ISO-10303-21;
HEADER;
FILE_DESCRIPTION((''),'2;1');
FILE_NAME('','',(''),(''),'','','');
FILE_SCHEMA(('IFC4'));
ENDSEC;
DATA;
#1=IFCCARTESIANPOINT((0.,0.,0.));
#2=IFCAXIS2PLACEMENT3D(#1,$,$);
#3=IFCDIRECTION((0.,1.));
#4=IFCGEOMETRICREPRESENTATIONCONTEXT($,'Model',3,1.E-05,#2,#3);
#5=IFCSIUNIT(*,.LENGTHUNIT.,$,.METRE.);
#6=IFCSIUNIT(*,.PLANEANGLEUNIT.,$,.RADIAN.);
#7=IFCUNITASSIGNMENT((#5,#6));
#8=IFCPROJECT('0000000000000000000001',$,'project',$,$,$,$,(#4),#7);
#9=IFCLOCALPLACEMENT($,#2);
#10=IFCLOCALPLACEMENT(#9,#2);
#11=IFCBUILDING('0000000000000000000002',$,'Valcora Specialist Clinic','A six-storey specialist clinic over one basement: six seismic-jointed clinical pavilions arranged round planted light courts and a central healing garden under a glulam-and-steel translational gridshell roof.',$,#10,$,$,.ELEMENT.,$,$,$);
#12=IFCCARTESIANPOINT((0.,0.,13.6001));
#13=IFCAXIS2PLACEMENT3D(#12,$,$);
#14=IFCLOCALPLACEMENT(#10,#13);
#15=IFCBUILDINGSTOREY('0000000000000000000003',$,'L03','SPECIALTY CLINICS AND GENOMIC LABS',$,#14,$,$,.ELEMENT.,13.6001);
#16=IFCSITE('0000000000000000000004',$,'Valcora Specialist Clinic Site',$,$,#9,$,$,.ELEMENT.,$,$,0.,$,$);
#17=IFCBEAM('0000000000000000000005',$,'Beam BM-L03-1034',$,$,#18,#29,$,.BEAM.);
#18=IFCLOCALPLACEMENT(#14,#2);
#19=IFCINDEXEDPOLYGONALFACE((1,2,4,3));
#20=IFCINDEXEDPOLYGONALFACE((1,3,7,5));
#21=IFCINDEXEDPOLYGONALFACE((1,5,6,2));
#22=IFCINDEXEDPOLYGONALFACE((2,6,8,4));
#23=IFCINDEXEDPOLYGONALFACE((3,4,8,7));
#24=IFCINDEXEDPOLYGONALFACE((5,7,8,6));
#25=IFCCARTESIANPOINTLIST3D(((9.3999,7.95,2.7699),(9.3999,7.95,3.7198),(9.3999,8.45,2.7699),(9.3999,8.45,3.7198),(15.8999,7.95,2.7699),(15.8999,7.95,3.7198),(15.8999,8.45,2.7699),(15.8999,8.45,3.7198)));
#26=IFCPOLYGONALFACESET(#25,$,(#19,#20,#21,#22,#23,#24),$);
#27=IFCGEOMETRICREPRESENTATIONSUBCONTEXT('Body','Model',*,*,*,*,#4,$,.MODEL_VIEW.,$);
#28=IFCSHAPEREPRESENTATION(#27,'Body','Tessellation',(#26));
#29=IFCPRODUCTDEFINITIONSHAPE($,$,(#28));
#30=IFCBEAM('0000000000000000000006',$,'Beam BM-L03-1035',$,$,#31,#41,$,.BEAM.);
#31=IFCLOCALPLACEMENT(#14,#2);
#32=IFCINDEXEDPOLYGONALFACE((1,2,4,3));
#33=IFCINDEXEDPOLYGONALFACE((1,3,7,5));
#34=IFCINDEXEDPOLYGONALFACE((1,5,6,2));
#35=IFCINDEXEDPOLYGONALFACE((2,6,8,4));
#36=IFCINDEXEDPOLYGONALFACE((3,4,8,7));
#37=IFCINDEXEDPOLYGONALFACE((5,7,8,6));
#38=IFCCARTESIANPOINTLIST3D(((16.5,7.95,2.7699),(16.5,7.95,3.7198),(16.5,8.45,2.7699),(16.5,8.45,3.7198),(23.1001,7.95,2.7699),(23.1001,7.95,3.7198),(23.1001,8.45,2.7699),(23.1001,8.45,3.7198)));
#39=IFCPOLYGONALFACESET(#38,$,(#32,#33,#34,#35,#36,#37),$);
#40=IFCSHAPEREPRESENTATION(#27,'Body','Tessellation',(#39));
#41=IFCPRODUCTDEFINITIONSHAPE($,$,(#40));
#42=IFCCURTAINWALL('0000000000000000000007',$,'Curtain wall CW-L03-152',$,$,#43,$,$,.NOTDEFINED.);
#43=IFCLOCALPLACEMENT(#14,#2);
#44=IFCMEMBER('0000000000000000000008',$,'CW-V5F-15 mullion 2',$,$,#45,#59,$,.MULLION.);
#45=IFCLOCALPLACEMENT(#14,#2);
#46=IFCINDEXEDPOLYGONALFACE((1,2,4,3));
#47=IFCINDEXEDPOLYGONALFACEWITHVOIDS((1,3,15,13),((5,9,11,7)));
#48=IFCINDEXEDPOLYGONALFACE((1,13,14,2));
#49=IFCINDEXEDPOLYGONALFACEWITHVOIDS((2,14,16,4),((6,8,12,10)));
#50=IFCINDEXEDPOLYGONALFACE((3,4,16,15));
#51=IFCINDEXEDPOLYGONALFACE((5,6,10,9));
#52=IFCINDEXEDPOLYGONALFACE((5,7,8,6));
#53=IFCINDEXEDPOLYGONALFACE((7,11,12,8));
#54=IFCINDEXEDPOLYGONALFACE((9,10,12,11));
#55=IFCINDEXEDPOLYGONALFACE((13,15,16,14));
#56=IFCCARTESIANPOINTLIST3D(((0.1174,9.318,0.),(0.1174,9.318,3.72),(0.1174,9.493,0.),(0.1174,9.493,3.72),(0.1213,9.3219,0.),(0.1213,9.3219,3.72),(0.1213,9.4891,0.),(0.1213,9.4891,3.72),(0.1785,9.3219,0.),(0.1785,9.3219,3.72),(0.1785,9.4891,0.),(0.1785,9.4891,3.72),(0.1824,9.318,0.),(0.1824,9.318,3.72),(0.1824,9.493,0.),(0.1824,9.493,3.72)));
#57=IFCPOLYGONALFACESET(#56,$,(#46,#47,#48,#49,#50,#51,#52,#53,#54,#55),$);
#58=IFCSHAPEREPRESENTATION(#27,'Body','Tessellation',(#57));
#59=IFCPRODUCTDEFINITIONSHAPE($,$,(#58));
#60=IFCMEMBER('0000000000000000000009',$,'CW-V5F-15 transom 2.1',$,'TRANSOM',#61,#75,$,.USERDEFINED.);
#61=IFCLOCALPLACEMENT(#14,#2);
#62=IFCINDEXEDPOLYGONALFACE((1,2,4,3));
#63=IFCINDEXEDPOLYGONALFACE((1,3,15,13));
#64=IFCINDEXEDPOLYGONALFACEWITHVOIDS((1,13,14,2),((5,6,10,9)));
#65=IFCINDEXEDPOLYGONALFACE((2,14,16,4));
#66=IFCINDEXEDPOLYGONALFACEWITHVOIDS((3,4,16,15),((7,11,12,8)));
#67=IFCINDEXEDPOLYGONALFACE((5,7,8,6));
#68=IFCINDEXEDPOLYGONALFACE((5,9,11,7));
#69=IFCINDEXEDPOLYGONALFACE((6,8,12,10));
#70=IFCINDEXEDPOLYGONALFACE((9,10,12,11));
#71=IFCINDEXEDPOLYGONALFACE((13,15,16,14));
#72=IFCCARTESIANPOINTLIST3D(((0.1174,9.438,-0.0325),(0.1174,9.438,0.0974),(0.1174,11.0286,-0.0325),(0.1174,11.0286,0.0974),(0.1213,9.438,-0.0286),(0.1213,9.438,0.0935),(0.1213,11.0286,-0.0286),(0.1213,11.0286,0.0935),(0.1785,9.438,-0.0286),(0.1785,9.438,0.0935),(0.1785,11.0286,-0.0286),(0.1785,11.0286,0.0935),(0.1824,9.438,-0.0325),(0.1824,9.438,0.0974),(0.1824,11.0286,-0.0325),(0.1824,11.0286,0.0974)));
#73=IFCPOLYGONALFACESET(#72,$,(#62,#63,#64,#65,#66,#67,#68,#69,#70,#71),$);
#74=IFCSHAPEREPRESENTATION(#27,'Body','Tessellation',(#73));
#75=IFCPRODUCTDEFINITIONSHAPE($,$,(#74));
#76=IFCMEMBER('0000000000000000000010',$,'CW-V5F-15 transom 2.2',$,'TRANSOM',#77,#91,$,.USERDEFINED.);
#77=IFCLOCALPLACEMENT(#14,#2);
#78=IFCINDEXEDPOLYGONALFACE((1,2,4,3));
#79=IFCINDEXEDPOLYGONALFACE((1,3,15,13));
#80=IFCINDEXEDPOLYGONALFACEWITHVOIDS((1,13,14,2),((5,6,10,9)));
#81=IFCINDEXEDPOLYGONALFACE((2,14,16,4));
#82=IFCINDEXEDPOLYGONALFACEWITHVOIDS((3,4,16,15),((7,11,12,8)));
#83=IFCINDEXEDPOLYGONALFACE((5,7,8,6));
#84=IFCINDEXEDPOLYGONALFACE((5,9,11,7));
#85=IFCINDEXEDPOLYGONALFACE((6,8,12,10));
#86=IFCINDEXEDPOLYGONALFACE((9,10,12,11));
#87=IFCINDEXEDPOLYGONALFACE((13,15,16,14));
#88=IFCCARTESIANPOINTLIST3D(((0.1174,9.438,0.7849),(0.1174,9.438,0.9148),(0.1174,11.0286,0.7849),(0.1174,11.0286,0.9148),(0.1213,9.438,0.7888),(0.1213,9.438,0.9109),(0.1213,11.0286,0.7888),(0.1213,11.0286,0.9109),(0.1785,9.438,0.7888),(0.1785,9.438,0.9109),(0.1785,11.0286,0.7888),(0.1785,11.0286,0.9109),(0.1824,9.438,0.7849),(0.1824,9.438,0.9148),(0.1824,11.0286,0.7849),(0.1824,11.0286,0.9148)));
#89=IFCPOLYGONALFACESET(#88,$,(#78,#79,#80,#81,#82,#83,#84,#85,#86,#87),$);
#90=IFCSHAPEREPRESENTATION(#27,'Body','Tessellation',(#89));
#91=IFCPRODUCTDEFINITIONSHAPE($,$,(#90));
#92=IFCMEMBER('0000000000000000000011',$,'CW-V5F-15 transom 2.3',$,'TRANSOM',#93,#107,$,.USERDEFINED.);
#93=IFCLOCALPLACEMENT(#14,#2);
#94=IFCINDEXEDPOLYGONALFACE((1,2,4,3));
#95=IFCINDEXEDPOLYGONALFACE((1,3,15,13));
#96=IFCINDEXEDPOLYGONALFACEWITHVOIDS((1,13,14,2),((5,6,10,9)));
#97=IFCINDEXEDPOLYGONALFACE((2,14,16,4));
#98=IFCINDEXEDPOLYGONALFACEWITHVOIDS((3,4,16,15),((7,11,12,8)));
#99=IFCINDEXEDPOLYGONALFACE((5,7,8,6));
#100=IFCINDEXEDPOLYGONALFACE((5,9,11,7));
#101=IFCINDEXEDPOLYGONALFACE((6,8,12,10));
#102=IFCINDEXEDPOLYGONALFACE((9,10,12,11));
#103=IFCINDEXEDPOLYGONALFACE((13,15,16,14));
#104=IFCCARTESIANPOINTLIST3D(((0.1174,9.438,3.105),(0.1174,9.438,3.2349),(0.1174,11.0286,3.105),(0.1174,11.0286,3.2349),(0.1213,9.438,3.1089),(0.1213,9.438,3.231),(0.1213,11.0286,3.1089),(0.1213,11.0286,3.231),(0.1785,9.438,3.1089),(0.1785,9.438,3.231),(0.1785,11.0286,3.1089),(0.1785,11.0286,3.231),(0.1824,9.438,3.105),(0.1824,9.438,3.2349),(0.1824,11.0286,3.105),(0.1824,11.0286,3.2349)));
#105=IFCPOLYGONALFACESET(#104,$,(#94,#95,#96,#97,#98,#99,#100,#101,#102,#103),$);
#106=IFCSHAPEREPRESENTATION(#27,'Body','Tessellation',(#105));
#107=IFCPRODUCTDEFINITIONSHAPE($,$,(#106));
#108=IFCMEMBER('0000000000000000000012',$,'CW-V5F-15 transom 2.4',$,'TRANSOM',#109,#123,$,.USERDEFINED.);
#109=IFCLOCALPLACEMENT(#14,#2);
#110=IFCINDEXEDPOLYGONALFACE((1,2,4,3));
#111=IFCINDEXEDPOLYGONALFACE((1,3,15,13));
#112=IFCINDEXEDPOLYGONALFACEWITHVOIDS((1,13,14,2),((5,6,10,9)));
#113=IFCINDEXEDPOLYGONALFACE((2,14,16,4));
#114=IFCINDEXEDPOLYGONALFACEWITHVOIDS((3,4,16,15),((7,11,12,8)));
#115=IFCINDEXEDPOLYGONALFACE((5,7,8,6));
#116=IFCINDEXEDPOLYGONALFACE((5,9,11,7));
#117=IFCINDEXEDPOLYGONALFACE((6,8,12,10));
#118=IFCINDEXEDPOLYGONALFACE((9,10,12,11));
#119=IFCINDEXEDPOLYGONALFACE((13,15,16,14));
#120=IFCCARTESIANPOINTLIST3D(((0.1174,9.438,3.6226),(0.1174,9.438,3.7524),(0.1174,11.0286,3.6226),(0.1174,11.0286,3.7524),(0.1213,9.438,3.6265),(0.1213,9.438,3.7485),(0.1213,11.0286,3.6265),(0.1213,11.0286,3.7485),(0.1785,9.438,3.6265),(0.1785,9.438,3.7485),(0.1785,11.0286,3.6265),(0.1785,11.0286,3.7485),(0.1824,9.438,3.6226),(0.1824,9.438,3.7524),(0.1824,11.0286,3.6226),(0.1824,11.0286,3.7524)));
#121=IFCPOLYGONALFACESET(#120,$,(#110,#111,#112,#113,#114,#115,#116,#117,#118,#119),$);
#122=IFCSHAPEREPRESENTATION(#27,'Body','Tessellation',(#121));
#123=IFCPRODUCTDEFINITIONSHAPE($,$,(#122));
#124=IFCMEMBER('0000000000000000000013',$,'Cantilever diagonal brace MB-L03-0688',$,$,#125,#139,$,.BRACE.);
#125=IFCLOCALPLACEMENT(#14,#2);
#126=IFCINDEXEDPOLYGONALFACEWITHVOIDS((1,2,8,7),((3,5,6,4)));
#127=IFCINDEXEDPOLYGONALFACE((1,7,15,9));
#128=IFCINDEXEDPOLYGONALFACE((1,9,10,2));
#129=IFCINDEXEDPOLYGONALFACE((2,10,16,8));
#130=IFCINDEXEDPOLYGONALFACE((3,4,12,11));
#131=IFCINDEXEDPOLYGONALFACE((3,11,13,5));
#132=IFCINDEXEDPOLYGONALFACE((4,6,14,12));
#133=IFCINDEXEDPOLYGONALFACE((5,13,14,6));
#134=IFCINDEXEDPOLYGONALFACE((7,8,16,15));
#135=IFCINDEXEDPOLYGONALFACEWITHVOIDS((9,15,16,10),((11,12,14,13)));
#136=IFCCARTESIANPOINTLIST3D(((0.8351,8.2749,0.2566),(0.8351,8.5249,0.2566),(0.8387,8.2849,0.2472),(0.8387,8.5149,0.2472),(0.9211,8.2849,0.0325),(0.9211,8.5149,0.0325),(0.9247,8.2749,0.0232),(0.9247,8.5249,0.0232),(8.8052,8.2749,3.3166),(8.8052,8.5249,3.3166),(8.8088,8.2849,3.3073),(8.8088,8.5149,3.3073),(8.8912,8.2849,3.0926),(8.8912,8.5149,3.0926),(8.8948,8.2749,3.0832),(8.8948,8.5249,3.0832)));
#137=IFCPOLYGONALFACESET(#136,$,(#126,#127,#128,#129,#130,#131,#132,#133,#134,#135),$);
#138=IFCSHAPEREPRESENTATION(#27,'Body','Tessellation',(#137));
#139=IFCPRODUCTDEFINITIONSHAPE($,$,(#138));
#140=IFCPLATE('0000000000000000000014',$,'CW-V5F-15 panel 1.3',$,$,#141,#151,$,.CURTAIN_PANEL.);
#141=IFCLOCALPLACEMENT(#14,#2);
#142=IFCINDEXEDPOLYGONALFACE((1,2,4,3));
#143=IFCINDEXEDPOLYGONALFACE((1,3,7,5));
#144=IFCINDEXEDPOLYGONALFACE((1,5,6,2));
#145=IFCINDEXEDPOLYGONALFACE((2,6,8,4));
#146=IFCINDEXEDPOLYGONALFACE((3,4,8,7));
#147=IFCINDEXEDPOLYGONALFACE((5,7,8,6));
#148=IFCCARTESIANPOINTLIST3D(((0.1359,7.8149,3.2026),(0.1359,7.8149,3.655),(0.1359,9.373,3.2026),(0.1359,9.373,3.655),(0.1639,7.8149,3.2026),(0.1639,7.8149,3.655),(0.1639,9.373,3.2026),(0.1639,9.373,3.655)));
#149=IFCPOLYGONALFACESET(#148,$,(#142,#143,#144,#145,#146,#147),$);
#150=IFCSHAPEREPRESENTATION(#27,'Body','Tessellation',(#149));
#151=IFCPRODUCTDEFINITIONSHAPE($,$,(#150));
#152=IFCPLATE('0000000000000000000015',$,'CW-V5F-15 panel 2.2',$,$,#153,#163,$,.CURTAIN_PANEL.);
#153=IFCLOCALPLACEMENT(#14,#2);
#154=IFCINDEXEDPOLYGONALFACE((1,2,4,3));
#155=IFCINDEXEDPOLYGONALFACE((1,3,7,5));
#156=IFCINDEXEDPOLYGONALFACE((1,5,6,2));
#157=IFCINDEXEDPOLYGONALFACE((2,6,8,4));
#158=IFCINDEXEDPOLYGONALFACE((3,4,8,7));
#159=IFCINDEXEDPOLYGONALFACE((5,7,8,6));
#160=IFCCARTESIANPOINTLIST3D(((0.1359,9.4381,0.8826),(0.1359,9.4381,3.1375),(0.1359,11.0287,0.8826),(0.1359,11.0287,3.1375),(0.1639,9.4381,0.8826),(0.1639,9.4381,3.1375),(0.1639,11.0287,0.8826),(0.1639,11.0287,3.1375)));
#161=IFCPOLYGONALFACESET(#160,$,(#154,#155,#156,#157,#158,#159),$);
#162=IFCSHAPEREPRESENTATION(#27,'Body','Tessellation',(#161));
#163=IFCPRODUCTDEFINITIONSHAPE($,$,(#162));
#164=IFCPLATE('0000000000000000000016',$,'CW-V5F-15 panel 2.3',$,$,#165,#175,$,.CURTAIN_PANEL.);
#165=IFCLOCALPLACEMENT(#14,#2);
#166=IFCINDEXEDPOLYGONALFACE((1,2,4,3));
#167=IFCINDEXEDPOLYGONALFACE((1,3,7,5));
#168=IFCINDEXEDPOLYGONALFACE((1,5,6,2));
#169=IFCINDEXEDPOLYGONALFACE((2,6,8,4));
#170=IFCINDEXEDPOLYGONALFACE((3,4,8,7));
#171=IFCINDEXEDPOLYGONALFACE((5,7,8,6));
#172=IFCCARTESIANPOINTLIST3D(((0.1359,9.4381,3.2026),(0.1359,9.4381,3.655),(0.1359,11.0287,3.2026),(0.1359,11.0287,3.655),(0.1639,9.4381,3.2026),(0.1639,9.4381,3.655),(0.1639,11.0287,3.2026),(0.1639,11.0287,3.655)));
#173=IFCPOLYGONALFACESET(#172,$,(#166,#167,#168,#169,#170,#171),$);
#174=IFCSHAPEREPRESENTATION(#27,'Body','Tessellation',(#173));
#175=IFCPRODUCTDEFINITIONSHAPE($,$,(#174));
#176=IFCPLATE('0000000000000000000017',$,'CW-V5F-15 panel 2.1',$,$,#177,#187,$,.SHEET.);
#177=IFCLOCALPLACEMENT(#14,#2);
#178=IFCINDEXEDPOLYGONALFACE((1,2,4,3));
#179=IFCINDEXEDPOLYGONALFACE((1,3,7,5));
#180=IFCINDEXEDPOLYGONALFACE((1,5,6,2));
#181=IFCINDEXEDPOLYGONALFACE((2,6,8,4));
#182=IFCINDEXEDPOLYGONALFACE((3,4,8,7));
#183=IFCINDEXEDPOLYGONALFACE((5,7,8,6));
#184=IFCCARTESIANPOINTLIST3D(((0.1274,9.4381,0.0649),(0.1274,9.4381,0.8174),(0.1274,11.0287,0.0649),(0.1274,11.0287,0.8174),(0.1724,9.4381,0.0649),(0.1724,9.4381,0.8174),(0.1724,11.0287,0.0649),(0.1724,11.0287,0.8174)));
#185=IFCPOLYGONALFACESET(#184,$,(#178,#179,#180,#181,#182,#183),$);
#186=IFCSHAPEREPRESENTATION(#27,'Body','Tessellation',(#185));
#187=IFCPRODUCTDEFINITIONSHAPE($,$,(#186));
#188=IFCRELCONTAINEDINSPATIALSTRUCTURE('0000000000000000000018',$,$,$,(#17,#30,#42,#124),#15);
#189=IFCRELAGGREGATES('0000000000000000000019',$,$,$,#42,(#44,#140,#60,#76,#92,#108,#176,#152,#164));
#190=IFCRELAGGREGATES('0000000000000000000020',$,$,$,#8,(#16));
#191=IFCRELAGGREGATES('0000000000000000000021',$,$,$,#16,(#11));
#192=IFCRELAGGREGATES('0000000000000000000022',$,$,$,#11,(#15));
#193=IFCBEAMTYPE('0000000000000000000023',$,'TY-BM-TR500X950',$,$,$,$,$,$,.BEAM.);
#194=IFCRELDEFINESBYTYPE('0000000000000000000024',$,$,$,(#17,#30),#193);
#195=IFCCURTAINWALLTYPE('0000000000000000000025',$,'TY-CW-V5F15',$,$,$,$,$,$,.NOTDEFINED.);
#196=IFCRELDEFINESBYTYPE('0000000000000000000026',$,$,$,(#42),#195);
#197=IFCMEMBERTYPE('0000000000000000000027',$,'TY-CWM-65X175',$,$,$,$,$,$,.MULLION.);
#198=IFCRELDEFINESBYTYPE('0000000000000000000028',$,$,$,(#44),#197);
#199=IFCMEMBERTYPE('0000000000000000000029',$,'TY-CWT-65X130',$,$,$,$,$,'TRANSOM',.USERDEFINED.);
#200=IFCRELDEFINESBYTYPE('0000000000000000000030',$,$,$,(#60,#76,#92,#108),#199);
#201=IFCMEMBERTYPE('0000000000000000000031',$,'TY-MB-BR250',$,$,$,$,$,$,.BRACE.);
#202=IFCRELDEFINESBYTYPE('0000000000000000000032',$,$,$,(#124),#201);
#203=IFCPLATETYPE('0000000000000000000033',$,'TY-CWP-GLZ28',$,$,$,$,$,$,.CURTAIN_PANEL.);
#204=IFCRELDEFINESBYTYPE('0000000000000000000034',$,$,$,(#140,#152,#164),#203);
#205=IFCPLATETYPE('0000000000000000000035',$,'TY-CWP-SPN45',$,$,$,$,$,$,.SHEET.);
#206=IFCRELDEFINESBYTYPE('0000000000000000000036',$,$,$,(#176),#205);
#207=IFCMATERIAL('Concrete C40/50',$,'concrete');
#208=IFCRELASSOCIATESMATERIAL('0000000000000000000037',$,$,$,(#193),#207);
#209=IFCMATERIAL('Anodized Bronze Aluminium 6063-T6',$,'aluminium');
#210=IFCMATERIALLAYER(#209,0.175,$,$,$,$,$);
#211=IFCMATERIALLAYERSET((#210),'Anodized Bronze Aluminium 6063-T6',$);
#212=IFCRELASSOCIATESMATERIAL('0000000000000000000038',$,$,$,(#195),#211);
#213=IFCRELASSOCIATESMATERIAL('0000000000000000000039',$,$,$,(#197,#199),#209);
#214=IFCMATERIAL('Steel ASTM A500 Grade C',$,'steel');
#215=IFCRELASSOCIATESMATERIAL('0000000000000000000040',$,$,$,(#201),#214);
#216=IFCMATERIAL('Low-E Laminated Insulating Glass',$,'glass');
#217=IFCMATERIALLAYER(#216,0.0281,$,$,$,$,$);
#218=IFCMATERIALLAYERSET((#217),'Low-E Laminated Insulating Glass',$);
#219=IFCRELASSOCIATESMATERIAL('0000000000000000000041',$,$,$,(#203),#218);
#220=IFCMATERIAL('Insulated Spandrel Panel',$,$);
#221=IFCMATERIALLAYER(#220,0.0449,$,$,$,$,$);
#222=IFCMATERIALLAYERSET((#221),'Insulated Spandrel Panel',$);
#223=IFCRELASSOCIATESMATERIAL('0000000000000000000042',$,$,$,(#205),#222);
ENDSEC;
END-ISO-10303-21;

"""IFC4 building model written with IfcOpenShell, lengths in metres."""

from ifc_helpers import new_model, si_unit, direction, frame, origin, origin_2d, place, context, subcontext, project, spatial, rectangle, hollow_rectangle, extrude, material, layer, layer_set, material_profile, profile_set, type_object, element, aggregate, save


model = new_model("IFC4")

# Units and contexts
model_context = context("Model", 3, precision=1e-05, world=origin(), true_north=direction((0.0, 1.0)))
body_context = subcontext(model_context, "Body", "Model", "MODEL_VIEW")
ifc_project = project(units=[si_unit("LENGTHUNIT", "METRE"), si_unit("PLANEANGLEUNIT", "RADIAN")], contexts=[model_context])

# Site, building, storey
site_placement = place(None, origin())
site = spatial("IfcSite", under=ifc_project, at=site_placement, Name="Valcora Specialist Clinic Site", CompositionType="ELEMENT", RefElevation=0.0)
building_placement = place(site_placement, origin())
building = spatial("IfcBuilding", under=site, at=building_placement, Name="Valcora Specialist Clinic", Description="A six-storey specialist clinic over one basement: six seismic-jointed clinical pavilions arranged round planted light courts and a central healing garden under a glulam-and-steel translational gridshell roof.", CompositionType="ELEMENT")
storey_placement = place(building_placement, frame((0.0, 0.0, 13.6001)))
storey = spatial("IfcBuildingStorey", under=building, at=storey_placement, Name="L03", Description="SPECIALTY CLINICS AND GENOMIC LABS", CompositionType="ELEMENT", Elevation=13.6001)

# Shared definitions
ifc_material_1 = material(Name="Steel ASTM A500 Grade C", Category="steel")
ifc_material_2 = material(Name="Concrete C40/50", Category="concrete")

# Beams
ifc_material_profile_1 = material_profile(ifc_material_2, rectangle(XDim=0.5, YDim=0.95, at=origin_2d()), Name="RC-BM-500X950")
ifc_profile_set_1 = profile_set([ifc_material_profile_1], Name="Concrete C40/50")
beam_type_1 = type_object("IfcBeamType", Name="TY-BM-TR500X950", PredefinedType="BEAM", material=ifc_profile_set_1)
beam_1_placement = place(storey_placement, frame((9.3999, 8.2, 3.2449), z_axis=(1.0, 0.0, 0.0), x_axis=(0.0, 1.0, 0.0)))
element("IfcBeam", 1, at=beam_1_placement, inside=storey, type_object=beam_type_1, Name="Beam BM-L03-1034", PredefinedType="BEAM", context=body_context, shape_type="SweptSolid", body=[
    extrude(rectangle(XDim=0.5, YDim=0.95, at=origin_2d()), origin(), (0.0, 0.0, 1.0), 6.5),
])
beam_2_placement = place(storey_placement, frame((16.5, 8.2, 3.2449), z_axis=(1.0, 0.0, 0.0), x_axis=(0.0, 1.0, 0.0)))
element("IfcBeam", 2, at=beam_2_placement, inside=storey, type_object=beam_type_1, Name="Beam BM-L03-1035", PredefinedType="BEAM", context=body_context, shape_type="SweptSolid", body=[
    extrude(rectangle(XDim=0.5, YDim=0.95, at=origin_2d()), origin(), (0.0, 0.0, 1.0), 6.6001),
])

# Curtain wall, members
ifc_material_3 = material(Name="Anodized Bronze Aluminium 6063-T6", Category="aluminium")
ifc_layer_1 = layer(ifc_material_3, 0.175)
ifc_layer_set_1 = layer_set([ifc_layer_1], Name="Anodized Bronze Aluminium 6063-T6")
curtain_wall_type = type_object("IfcCurtainWallType", Name="TY-CW-V5F15", PredefinedType="NOTDEFINED", material=ifc_layer_set_1)
curtain_wall_placement = place(storey_placement, origin())
curtain_wall = element("IfcCurtainWall", 3, at=curtain_wall_placement, inside=storey, type_object=curtain_wall_type, Name="Curtain wall CW-L03-152", PredefinedType="NOTDEFINED")
ifc_material_profile_2 = material_profile(ifc_material_3, hollow_rectangle(XDim=0.0649, YDim=0.175, WallThickness=0.0039, at=origin_2d()), Name="AL-MUL-65X175")
ifc_profile_set_2 = profile_set([ifc_material_profile_2], Name="Anodized Bronze Aluminium 6063-T6")
member_type_1 = type_object("IfcMemberType", Name="TY-CWM-65X175", PredefinedType="MULLION", material=ifc_profile_set_2)
member_1_placement = place(storey_placement, frame((0.1499, 9.4055, 0.0), z_axis=(0.0, 0.0, 1.0), x_axis=(-1.0, 0.0, 0.0)))
member_1 = element("IfcMember", 4, at=member_1_placement, type_object=member_type_1, Name="CW-V5F-15 mullion 2", PredefinedType="MULLION", context=body_context, shape_type="SweptSolid", body=[
    extrude(hollow_rectangle(XDim=0.0649, YDim=0.175, WallThickness=0.0039, at=origin_2d()), origin(), (0.0, 0.0, 1.0), 3.72),
])
ifc_material_profile_3 = material_profile(ifc_material_3, hollow_rectangle(XDim=0.0649, YDim=0.1299, WallThickness=0.0039, at=origin_2d()), Name="AL-TRN-65X130")
ifc_profile_set_3 = profile_set([ifc_material_profile_3], Name="Anodized Bronze Aluminium 6063-T6")
member_type_2 = type_object("IfcMemberType", Name="TY-CWT-65X130", ElementType="TRANSOM", PredefinedType="USERDEFINED", material=ifc_profile_set_3)
member_2_placement = place(storey_placement, frame((0.1499, 9.438, 0.0325), z_axis=(0.0, 1.0, 0.0), x_axis=(-1.0, 0.0, 0.0)))
member_2 = element("IfcMember", 5, at=member_2_placement, type_object=member_type_2, Name="CW-V5F-15 transom 2.1", ObjectType="TRANSOM", PredefinedType="USERDEFINED", context=body_context, shape_type="SweptSolid", body=[
    extrude(hollow_rectangle(XDim=0.0649, YDim=0.1299, WallThickness=0.0039, at=origin_2d()), origin(), (0.0, 0.0, 1.0), 1.5906),
])
member_3_placement = place(storey_placement, frame((0.1499, 9.438, 0.8499), z_axis=(0.0, 1.0, 0.0), x_axis=(-1.0, 0.0, 0.0)))
member_3 = element("IfcMember", 6, at=member_3_placement, type_object=member_type_2, Name="CW-V5F-15 transom 2.2", ObjectType="TRANSOM", PredefinedType="USERDEFINED", context=body_context, shape_type="SweptSolid", body=[
    extrude(hollow_rectangle(XDim=0.0649, YDim=0.1299, WallThickness=0.0039, at=origin_2d()), origin(), (0.0, 0.0, 1.0), 1.5906),
])
member_4_placement = place(storey_placement, frame((0.1499, 9.438, 3.1699), z_axis=(0.0, 1.0, 0.0), x_axis=(-1.0, 0.0, 0.0)))
member_4 = element("IfcMember", 7, at=member_4_placement, type_object=member_type_2, Name="CW-V5F-15 transom 2.3", ObjectType="TRANSOM", PredefinedType="USERDEFINED", context=body_context, shape_type="SweptSolid", body=[
    extrude(hollow_rectangle(XDim=0.0649, YDim=0.1299, WallThickness=0.0039, at=origin_2d()), origin(), (0.0, 0.0, 1.0), 1.5906),
])
member_5_placement = place(storey_placement, frame((0.1499, 9.438, 3.6875), z_axis=(0.0, 1.0, 0.0), x_axis=(-1.0, 0.0, 0.0)))
member_5 = element("IfcMember", 8, at=member_5_placement, type_object=member_type_2, Name="CW-V5F-15 transom 2.4", ObjectType="TRANSOM", PredefinedType="USERDEFINED", context=body_context, shape_type="SweptSolid", body=[
    extrude(hollow_rectangle(XDim=0.0649, YDim=0.1299, WallThickness=0.0039, at=origin_2d()), origin(), (0.0, 0.0, 1.0), 1.5906),
])

# Member
ifc_material_profile_4 = material_profile(ifc_material_1, hollow_rectangle(XDim=0.25, YDim=0.25, WallThickness=0.01, at=origin_2d()), Name="ST-RHS-250X250X10")
ifc_profile_set_4 = profile_set([ifc_material_profile_4], Name="Steel ASTM A500 Grade C")
member_type_3 = type_object("IfcMemberType", Name="TY-MB-BR250", PredefinedType="BRACE", material=ifc_profile_set_4)
member_6_placement = place(storey_placement, frame((0.8799, 8.3999, 0.1399), z_axis=(0.933558, 0.0, 0.358427), x_axis=(0.0, 1.0, 0.0)))
element("IfcMember", 9, at=member_6_placement, inside=storey, type_object=member_type_3, Name="Cantilever diagonal brace MB-L03-0688", PredefinedType="BRACE", context=body_context, shape_type="SweptSolid", body=[
    extrude(hollow_rectangle(XDim=0.25, YDim=0.25, WallThickness=0.01, at=origin_2d()), origin(), (0.0, 0.0, 1.0), 8.5374),
])

# Plates
ifc_material_4 = material(Name="Low-E Laminated Insulating Glass", Category="glass")
ifc_layer_2 = layer(ifc_material_4, 0.0281)
ifc_layer_set_2 = layer_set([ifc_layer_2], Name="Low-E Laminated Insulating Glass")
plate_type_1 = type_object("IfcPlateType", Name="TY-CWP-GLZ28", PredefinedType="CURTAIN_PANEL", material=ifc_layer_set_2)
plate_1_placement = place(storey_placement, frame((0.1499, 8.594, 3.2026), z_axis=(0.0, 0.0, 1.0), x_axis=(0.0, 1.0, 0.0)))
plate_1 = element("IfcPlate", 10, at=plate_1_placement, type_object=plate_type_1, Name="CW-V5F-15 panel 1.3", PredefinedType="CURTAIN_PANEL", context=body_context, shape_type="SweptSolid", body=[
    extrude(rectangle(XDim=1.5581, YDim=0.0281, at=origin_2d()), origin(), (0.0, 0.0, 1.0), 0.4524),
])
plate_2_placement = place(storey_placement, frame((0.1499, 10.2334, 0.8826), z_axis=(0.0, 0.0, 1.0), x_axis=(0.0, 1.0, 0.0)))
plate_2 = element("IfcPlate", 11, at=plate_2_placement, type_object=plate_type_1, Name="CW-V5F-15 panel 2.2", PredefinedType="CURTAIN_PANEL", context=body_context, shape_type="SweptSolid", body=[
    extrude(rectangle(XDim=1.5906, YDim=0.0281, at=origin_2d()), origin(), (0.0, 0.0, 1.0), 2.2549),
])
plate_3_placement = place(storey_placement, frame((0.1499, 10.2334, 3.2026), z_axis=(0.0, 0.0, 1.0), x_axis=(0.0, 1.0, 0.0)))
plate_3 = element("IfcPlate", 12, at=plate_3_placement, type_object=plate_type_1, Name="CW-V5F-15 panel 2.3", PredefinedType="CURTAIN_PANEL", context=body_context, shape_type="SweptSolid", body=[
    extrude(rectangle(XDim=1.5906, YDim=0.0281, at=origin_2d()), origin(), (0.0, 0.0, 1.0), 0.4524),
])
ifc_material_5 = material(Name="Insulated Spandrel Panel")
ifc_layer_3 = layer(ifc_material_5, 0.0449)
ifc_layer_set_3 = layer_set([ifc_layer_3], Name="Insulated Spandrel Panel")
plate_type_2 = type_object("IfcPlateType", Name="TY-CWP-SPN45", PredefinedType="SHEET", material=ifc_layer_set_3)
plate_4_placement = place(storey_placement, frame((0.1499, 10.2334, 0.0649), z_axis=(0.0, 0.0, 1.0), x_axis=(0.0, 1.0, 0.0)))
plate_4 = element("IfcPlate", 13, at=plate_4_placement, type_object=plate_type_2, Name="CW-V5F-15 panel 2.1", PredefinedType="SHEET", context=body_context, shape_type="SweptSolid", body=[
    extrude(rectangle(XDim=1.5906, YDim=0.0449, at=origin_2d()), origin(), (0.0, 0.0, 1.0), 0.7524),
])
aggregate(curtain_wall, [member_1, plate_1, member_2, member_3, member_4, member_5, plate_4, plate_2, plate_3])

save(model, "model.ifc")
